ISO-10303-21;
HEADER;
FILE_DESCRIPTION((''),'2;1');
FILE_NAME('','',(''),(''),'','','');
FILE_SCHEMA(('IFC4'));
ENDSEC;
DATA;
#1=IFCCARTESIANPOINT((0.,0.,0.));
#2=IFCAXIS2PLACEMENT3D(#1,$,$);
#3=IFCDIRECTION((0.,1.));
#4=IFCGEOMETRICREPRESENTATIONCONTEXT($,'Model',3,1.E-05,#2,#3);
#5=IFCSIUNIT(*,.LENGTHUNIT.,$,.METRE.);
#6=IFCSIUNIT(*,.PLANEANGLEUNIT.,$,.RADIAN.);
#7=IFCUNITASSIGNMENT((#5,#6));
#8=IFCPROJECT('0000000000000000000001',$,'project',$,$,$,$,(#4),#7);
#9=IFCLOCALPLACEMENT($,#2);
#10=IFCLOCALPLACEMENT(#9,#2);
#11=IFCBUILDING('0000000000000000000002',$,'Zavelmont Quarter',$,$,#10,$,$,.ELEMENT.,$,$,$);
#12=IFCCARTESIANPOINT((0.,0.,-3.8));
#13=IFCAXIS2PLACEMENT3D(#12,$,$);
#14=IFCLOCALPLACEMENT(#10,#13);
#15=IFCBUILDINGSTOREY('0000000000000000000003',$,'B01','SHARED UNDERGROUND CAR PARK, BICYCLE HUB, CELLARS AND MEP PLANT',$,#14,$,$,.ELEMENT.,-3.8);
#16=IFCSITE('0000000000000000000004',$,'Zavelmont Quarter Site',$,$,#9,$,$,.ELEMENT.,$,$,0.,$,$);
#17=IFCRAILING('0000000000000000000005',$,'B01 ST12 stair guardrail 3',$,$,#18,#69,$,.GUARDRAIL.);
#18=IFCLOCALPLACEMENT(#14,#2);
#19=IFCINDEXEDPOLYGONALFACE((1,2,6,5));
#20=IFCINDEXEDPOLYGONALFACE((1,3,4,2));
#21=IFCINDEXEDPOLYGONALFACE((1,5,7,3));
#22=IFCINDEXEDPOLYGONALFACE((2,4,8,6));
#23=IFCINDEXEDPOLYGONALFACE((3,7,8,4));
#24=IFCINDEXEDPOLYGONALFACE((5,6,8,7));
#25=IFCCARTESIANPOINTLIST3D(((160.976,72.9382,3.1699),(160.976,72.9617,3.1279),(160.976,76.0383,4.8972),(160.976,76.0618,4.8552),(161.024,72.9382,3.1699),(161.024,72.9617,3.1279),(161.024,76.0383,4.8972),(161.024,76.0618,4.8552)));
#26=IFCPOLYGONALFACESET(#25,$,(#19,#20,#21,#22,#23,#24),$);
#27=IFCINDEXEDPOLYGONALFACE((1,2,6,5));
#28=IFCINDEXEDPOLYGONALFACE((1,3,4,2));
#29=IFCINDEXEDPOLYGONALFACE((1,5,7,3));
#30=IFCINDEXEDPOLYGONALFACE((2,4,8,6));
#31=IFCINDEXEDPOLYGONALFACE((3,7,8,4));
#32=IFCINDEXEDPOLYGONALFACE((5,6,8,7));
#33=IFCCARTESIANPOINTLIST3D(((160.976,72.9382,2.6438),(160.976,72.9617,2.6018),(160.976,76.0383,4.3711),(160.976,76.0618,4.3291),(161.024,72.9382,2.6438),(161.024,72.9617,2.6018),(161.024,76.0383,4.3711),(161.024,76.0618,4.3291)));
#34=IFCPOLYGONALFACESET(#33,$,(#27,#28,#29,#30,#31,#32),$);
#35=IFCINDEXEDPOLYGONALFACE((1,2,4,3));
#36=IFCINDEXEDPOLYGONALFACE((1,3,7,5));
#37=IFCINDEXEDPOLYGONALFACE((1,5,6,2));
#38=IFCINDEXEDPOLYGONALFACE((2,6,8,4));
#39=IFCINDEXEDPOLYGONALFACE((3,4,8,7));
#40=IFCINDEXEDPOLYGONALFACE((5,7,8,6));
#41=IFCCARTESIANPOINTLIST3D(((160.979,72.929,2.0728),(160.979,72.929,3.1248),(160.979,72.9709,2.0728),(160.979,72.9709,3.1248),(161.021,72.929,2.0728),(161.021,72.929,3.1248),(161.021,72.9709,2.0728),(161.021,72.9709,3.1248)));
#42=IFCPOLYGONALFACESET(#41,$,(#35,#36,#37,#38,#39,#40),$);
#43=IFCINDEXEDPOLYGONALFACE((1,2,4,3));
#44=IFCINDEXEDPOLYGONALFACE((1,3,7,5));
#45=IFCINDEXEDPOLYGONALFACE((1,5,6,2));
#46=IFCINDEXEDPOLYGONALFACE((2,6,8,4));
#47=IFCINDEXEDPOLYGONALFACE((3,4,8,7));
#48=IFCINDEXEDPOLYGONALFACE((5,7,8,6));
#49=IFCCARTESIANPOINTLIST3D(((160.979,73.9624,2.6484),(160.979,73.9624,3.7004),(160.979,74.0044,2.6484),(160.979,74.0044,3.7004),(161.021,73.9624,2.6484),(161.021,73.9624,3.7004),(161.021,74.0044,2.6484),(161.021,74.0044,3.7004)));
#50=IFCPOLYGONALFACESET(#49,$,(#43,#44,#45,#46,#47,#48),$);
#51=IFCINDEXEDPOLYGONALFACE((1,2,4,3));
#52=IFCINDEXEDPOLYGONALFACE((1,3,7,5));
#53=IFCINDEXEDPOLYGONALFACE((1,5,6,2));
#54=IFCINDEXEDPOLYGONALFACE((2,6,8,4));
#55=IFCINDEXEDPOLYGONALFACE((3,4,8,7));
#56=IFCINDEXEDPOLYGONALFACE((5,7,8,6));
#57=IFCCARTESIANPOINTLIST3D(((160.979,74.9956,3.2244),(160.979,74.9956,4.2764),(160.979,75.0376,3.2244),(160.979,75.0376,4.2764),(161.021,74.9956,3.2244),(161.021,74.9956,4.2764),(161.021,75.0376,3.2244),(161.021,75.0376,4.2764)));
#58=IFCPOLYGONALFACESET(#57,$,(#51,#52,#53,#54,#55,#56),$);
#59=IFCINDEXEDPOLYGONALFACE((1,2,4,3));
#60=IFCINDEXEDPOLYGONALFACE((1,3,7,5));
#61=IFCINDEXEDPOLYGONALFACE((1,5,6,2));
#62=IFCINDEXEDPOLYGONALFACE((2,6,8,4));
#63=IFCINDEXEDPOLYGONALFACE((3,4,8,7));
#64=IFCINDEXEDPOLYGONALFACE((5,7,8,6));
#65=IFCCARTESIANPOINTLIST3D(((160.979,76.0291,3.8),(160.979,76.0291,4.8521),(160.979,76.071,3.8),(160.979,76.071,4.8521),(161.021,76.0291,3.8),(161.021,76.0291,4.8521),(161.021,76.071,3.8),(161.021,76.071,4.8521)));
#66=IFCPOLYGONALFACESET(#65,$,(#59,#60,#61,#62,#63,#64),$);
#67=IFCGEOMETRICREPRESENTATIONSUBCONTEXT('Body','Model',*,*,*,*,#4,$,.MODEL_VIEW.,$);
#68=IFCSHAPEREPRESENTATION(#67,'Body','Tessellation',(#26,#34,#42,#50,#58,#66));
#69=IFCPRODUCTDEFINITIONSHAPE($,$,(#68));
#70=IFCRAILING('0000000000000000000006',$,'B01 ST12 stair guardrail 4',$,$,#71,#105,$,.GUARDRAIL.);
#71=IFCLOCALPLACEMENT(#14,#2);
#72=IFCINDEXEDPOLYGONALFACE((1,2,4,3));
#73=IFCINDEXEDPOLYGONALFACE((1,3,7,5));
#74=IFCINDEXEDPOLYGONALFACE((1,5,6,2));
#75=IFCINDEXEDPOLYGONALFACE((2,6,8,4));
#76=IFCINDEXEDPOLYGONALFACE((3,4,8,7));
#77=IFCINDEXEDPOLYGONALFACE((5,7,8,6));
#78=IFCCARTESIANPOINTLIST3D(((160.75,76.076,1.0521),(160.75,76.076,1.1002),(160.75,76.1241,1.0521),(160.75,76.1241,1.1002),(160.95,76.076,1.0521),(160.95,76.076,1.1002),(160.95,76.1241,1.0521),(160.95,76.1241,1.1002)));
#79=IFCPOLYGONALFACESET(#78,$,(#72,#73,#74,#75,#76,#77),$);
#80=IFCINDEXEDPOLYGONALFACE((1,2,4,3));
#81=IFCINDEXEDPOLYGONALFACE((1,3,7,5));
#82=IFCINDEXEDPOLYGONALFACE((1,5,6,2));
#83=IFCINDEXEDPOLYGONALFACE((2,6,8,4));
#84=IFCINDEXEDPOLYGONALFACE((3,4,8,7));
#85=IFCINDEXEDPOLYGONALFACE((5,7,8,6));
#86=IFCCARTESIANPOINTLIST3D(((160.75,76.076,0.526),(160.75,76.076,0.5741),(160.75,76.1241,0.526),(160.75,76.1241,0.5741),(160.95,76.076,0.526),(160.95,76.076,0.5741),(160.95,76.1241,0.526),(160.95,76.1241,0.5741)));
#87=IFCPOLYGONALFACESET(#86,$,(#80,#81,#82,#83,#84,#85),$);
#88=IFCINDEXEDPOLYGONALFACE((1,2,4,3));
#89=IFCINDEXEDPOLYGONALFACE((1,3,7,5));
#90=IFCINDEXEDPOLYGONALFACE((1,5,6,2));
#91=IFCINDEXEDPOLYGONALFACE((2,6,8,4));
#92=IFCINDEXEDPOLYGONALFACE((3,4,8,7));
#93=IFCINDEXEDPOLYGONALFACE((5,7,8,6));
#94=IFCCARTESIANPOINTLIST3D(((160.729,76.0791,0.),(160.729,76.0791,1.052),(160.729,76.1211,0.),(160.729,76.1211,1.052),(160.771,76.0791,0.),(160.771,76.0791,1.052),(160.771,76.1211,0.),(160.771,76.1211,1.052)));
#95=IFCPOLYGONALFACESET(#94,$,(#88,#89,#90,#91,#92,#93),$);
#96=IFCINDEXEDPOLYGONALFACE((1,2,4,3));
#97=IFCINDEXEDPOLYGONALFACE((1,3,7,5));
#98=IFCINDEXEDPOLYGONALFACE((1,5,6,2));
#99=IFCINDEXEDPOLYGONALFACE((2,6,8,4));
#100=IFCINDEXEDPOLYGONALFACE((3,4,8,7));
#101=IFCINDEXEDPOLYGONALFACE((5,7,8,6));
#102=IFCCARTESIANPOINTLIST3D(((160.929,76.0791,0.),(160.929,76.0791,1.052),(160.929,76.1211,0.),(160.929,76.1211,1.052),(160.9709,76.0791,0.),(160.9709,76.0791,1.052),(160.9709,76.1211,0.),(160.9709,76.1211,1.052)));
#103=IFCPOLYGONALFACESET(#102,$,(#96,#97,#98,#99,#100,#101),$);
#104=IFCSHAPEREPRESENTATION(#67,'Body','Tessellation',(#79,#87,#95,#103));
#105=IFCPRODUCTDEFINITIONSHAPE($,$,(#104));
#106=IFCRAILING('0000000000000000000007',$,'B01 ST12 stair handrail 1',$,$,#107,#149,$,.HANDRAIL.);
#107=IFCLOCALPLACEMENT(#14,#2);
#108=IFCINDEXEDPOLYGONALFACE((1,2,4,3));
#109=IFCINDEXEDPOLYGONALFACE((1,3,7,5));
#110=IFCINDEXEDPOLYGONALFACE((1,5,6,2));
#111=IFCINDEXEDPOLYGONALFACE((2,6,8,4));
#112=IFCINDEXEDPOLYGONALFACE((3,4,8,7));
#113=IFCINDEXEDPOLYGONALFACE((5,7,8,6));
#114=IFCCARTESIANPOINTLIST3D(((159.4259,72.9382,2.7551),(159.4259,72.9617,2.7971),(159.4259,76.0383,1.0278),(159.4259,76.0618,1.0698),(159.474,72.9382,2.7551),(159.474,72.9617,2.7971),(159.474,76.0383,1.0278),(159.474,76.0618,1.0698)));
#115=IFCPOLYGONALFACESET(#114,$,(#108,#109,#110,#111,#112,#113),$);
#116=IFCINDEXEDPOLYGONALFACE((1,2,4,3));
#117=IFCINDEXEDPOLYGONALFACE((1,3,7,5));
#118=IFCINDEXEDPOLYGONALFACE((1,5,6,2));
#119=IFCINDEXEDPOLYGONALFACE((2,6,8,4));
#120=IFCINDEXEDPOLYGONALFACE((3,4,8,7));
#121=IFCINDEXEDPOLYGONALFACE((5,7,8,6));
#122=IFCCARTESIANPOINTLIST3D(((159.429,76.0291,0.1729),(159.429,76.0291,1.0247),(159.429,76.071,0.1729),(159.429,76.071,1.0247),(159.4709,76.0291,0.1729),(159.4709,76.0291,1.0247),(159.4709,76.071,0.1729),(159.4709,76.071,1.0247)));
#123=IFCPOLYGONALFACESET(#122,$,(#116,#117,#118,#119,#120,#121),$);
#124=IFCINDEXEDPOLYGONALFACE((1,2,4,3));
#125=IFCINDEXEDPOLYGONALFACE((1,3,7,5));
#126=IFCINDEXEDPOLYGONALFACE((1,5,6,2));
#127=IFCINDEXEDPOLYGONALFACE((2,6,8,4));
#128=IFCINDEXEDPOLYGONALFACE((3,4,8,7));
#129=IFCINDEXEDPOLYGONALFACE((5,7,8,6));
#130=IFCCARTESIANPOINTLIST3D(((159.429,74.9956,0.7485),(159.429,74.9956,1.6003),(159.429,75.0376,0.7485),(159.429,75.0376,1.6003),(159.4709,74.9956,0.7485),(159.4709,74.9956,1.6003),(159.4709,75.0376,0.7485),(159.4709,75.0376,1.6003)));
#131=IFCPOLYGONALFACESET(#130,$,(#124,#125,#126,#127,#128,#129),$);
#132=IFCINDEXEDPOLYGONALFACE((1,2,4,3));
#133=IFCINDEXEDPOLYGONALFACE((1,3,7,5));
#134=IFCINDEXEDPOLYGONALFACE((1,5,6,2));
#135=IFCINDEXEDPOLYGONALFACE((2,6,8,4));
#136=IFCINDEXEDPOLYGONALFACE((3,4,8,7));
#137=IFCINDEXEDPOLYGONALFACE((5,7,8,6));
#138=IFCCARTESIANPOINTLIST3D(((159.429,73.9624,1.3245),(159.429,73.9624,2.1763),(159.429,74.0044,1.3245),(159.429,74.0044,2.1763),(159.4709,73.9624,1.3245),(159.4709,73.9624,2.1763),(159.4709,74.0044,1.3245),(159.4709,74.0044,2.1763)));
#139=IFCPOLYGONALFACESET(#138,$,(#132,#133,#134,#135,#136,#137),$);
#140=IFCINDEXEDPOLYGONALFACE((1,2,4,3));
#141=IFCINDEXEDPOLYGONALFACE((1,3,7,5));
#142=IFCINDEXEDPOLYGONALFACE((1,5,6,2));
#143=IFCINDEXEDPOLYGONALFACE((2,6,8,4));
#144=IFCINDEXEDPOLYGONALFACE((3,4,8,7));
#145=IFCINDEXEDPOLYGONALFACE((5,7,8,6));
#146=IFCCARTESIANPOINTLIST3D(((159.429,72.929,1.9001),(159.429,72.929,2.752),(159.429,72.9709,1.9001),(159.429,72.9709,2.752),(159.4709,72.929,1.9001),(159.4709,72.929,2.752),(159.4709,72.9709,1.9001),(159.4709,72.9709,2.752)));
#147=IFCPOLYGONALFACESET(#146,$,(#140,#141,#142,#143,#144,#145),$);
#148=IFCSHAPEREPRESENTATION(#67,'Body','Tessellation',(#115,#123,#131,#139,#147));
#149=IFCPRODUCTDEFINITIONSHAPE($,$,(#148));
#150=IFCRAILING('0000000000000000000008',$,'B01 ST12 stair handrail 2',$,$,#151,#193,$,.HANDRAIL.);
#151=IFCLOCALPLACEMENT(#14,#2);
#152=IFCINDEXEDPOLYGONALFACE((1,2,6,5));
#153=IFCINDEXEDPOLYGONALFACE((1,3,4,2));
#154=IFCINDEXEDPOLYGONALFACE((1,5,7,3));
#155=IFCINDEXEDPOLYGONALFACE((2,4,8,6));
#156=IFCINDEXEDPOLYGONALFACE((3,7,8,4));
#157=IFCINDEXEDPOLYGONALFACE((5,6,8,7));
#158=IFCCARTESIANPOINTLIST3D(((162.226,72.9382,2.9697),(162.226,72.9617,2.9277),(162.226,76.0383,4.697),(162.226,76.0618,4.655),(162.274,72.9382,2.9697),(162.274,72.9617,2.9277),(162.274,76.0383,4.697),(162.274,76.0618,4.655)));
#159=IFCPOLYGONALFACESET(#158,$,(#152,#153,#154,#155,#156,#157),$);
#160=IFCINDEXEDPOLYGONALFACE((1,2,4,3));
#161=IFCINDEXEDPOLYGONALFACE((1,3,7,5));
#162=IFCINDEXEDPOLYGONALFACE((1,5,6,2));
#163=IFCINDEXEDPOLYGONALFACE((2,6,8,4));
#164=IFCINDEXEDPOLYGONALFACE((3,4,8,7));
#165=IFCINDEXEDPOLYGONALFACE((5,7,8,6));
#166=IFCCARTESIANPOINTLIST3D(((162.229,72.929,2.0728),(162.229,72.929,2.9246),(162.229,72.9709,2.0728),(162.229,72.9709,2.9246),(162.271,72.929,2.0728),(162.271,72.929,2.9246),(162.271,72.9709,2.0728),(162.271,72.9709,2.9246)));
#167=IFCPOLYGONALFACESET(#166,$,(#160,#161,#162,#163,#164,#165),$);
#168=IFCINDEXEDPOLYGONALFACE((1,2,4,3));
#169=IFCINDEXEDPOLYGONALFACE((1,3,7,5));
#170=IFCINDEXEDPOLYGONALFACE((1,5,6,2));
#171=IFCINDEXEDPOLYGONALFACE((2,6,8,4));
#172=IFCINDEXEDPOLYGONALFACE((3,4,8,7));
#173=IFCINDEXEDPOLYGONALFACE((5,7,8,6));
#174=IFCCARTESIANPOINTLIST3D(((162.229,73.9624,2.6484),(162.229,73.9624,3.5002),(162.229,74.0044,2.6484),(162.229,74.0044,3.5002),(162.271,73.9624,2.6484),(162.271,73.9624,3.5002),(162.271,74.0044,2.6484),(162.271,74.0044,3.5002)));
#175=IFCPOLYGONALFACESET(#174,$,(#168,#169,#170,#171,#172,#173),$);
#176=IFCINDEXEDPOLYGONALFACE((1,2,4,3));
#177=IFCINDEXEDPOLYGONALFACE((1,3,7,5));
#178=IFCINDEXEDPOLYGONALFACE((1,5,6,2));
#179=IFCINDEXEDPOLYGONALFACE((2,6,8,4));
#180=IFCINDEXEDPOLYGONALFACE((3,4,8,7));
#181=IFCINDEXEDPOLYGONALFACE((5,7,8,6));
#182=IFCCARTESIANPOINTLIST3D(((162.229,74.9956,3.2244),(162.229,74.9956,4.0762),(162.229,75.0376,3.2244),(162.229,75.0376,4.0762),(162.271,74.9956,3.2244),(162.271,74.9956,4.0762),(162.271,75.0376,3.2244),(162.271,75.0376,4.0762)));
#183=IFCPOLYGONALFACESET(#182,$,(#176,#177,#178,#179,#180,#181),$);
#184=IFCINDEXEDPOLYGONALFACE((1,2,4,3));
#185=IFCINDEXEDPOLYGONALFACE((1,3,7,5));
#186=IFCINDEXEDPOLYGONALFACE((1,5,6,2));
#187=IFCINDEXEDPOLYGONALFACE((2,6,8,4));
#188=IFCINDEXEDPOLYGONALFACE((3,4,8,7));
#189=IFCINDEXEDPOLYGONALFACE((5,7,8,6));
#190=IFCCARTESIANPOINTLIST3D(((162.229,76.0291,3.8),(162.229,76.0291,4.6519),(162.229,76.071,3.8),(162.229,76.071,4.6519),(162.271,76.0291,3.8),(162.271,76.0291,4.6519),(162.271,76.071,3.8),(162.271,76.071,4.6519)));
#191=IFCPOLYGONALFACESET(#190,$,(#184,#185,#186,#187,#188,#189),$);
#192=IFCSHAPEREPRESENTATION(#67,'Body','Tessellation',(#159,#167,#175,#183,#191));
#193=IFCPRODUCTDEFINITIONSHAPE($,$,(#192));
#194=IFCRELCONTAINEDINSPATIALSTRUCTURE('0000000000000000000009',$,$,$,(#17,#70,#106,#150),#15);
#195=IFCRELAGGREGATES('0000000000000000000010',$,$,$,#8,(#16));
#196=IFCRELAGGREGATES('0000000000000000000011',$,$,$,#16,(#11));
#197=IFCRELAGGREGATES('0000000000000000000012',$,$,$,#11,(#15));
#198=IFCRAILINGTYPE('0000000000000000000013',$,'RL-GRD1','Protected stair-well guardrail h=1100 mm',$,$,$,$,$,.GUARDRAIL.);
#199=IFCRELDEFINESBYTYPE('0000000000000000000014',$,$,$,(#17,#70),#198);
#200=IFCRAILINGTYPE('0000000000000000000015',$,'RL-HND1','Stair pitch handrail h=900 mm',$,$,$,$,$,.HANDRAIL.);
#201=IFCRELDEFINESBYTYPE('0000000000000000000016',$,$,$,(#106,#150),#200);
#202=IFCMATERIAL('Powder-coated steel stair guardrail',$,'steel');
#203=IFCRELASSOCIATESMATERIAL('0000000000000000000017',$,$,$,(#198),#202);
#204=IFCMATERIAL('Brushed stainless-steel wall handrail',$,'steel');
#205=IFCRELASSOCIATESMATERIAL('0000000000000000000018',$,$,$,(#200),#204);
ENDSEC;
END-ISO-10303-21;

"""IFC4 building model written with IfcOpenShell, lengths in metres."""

from ifc_helpers import new_model, si_unit, direction, frame, origin, origin_2d, place, context, subcontext, project, spatial, rectangle, extrude, material, type_object, element, save


model = new_model("IFC4")

# Units and contexts
model_context = context("Model", 3, precision=1e-05, world=origin(), true_north=direction((0.0, 1.0)))
body_context = subcontext(model_context, "Body", "Model", "MODEL_VIEW")
ifc_project = project(units=[si_unit("LENGTHUNIT", "METRE"), si_unit("PLANEANGLEUNIT", "RADIAN")], contexts=[model_context])

# Site, building, storey
site_placement = place(None, origin())
site = spatial("IfcSite", under=ifc_project, at=site_placement, Name="Zavelmont Quarter Site", CompositionType="ELEMENT", RefElevation=0.0)
building_placement = place(site_placement, origin())
building = spatial("IfcBuilding", under=site, at=building_placement, Name="Zavelmont Quarter", CompositionType="ELEMENT")
storey_placement = place(building_placement, frame((0.0, 0.0, -3.8)))
storey = spatial("IfcBuildingStorey", under=building, at=storey_placement, Name="B01", Description="SHARED UNDERGROUND CAR PARK, BICYCLE HUB, CELLARS AND MEP PLANT", CompositionType="ELEMENT", Elevation=-3.8)

# Railings
ifc_material_1 = material(Name="Powder-coated steel stair guardrail", Category="steel")
railing_type_1 = type_object("IfcRailingType", Name="RL-GRD1", Description="Protected stair-well guardrail h=1100 mm", PredefinedType="GUARDRAIL", material=ifc_material_1)
railing_1_placement = place(storey_placement, frame((161.0, 72.95, 2.0728)))
element("IfcRailing", 1, at=railing_1_placement, inside=storey, type_object=railing_type_1, Name="B01 ST12 stair guardrail 3", PredefinedType="GUARDRAIL", context=body_context, shape_type="SweptSolid", body=[
    extrude(rectangle(XDim=0.0481, YDim=0.0481, at=origin_2d()), frame((0.0, 0.0, 1.0762), z_axis=(0.0, 0.873556, 0.486723), x_axis=(-1.0, 0.0, 0.0)), (0.0, 0.0, 1.0), 3.5488),
    extrude(rectangle(XDim=0.0481, YDim=0.0481, at=origin_2d()), frame((0.0, 0.0, 0.55), z_axis=(0.0, 0.873556, 0.486723), x_axis=(-1.0, 0.0, 0.0)), (0.0, 0.0, 1.0), 3.5488),
    extrude(rectangle(XDim=0.042, YDim=0.042, at=origin_2d()), origin(), (0.0, 0.0, 1.0), 1.052),
    extrude(rectangle(XDim=0.042, YDim=0.042, at=origin_2d()), frame((0.0, 1.0334, 0.5757)), (0.0, 0.0, 1.0), 1.052),
    extrude(rectangle(XDim=0.042, YDim=0.042, at=origin_2d()), frame((0.0, 2.0667, 1.1516)), (0.0, 0.0, 1.0), 1.052),
    extrude(rectangle(XDim=0.042, YDim=0.042, at=origin_2d()), frame((0.0, 3.1001, 1.7273)), (0.0, 0.0, 1.0), 1.052),
])
railing_2_placement = place(storey_placement, frame((160.75, 76.1001, 0.0)))
element("IfcRailing", 2, at=railing_2_placement, inside=storey, type_object=railing_type_1, Name="B01 ST12 stair guardrail 4", PredefinedType="GUARDRAIL", context=body_context, shape_type="SweptSolid", body=[
    extrude(rectangle(XDim=0.0481, YDim=0.0481, at=origin_2d()), frame((0.0, 0.0, 1.0762), z_axis=(1.0, 0.0, 0.0), x_axis=(0.0, 1.0, 0.0)), (0.0, 0.0, 1.0), 0.2),
    extrude(rectangle(XDim=0.0481, YDim=0.0481, at=origin_2d()), frame((0.0, 0.0, 0.55), z_axis=(1.0, 0.0, 0.0), x_axis=(0.0, 1.0, 0.0)), (0.0, 0.0, 1.0), 0.2),
    extrude(rectangle(XDim=0.042, YDim=0.042, at=origin_2d()), origin(), (0.0, 0.0, 1.0), 1.052),
    extrude(rectangle(XDim=0.042, YDim=0.042, at=origin_2d()), frame((0.2, 0.0, 0.0)), (0.0, 0.0, 1.0), 1.052),
])
ifc_material_2 = material(Name="Brushed stainless-steel wall handrail", Category="steel")
railing_type_2 = type_object("IfcRailingType", Name="RL-HND1", Description="Stair pitch handrail h=900 mm", PredefinedType="HANDRAIL", material=ifc_material_2)
railing_3_placement = place(storey_placement, frame((159.45, 76.05, 0.1729)))
element("IfcRailing", 3, at=railing_3_placement, inside=storey, type_object=railing_type_2, Name="B01 ST12 stair handrail 1", PredefinedType="HANDRAIL", context=body_context, shape_type="SweptSolid", body=[
    extrude(rectangle(XDim=0.0481, YDim=0.0481, at=origin_2d()), frame((0.0, 0.0, 0.876), z_axis=(0.0, -0.873556, 0.486723), x_axis=(1.0, 0.0, 0.0)), (0.0, 0.0, 1.0), 3.5488),
    extrude(rectangle(XDim=0.042, YDim=0.042, at=origin_2d()), origin(), (0.0, 0.0, 1.0), 0.8518),
    extrude(rectangle(XDim=0.042, YDim=0.042, at=origin_2d()), frame((0.0, -1.0334, 0.5757)), (0.0, 0.0, 1.0), 0.8518),
    extrude(rectangle(XDim=0.042, YDim=0.042, at=origin_2d()), frame((0.0, -2.0667, 1.1516)), (0.0, 0.0, 1.0), 0.8518),
    extrude(rectangle(XDim=0.042, YDim=0.042, at=origin_2d()), frame((0.0, -3.1001, 1.7273)), (0.0, 0.0, 1.0), 0.8518),
])
railing_4_placement = place(storey_placement, frame((162.25, 72.95, 2.0728)))
element("IfcRailing", 4, at=railing_4_placement, inside=storey, type_object=railing_type_2, Name="B01 ST12 stair handrail 2", PredefinedType="HANDRAIL", context=body_context, shape_type="SweptSolid", body=[
    extrude(rectangle(XDim=0.0481, YDim=0.0481, at=origin_2d()), frame((0.0, 0.0, 0.876), z_axis=(0.0, 0.873556, 0.486723), x_axis=(-1.0, 0.0, 0.0)), (0.0, 0.0, 1.0), 3.5488),
    extrude(rectangle(XDim=0.042, YDim=0.042, at=origin_2d()), origin(), (0.0, 0.0, 1.0), 0.8518),
    extrude(rectangle(XDim=0.042, YDim=0.042, at=origin_2d()), frame((0.0, 1.0334, 0.5757)), (0.0, 0.0, 1.0), 0.8518),
    extrude(rectangle(XDim=0.042, YDim=0.042, at=origin_2d()), frame((0.0, 2.0667, 1.1516)), (0.0, 0.0, 1.0), 0.8518),
    extrude(rectangle(XDim=0.042, YDim=0.042, at=origin_2d()), frame((0.0, 3.1001, 1.7273)), (0.0, 0.0, 1.0), 0.8518),
])

save(model, "model.ifc")
